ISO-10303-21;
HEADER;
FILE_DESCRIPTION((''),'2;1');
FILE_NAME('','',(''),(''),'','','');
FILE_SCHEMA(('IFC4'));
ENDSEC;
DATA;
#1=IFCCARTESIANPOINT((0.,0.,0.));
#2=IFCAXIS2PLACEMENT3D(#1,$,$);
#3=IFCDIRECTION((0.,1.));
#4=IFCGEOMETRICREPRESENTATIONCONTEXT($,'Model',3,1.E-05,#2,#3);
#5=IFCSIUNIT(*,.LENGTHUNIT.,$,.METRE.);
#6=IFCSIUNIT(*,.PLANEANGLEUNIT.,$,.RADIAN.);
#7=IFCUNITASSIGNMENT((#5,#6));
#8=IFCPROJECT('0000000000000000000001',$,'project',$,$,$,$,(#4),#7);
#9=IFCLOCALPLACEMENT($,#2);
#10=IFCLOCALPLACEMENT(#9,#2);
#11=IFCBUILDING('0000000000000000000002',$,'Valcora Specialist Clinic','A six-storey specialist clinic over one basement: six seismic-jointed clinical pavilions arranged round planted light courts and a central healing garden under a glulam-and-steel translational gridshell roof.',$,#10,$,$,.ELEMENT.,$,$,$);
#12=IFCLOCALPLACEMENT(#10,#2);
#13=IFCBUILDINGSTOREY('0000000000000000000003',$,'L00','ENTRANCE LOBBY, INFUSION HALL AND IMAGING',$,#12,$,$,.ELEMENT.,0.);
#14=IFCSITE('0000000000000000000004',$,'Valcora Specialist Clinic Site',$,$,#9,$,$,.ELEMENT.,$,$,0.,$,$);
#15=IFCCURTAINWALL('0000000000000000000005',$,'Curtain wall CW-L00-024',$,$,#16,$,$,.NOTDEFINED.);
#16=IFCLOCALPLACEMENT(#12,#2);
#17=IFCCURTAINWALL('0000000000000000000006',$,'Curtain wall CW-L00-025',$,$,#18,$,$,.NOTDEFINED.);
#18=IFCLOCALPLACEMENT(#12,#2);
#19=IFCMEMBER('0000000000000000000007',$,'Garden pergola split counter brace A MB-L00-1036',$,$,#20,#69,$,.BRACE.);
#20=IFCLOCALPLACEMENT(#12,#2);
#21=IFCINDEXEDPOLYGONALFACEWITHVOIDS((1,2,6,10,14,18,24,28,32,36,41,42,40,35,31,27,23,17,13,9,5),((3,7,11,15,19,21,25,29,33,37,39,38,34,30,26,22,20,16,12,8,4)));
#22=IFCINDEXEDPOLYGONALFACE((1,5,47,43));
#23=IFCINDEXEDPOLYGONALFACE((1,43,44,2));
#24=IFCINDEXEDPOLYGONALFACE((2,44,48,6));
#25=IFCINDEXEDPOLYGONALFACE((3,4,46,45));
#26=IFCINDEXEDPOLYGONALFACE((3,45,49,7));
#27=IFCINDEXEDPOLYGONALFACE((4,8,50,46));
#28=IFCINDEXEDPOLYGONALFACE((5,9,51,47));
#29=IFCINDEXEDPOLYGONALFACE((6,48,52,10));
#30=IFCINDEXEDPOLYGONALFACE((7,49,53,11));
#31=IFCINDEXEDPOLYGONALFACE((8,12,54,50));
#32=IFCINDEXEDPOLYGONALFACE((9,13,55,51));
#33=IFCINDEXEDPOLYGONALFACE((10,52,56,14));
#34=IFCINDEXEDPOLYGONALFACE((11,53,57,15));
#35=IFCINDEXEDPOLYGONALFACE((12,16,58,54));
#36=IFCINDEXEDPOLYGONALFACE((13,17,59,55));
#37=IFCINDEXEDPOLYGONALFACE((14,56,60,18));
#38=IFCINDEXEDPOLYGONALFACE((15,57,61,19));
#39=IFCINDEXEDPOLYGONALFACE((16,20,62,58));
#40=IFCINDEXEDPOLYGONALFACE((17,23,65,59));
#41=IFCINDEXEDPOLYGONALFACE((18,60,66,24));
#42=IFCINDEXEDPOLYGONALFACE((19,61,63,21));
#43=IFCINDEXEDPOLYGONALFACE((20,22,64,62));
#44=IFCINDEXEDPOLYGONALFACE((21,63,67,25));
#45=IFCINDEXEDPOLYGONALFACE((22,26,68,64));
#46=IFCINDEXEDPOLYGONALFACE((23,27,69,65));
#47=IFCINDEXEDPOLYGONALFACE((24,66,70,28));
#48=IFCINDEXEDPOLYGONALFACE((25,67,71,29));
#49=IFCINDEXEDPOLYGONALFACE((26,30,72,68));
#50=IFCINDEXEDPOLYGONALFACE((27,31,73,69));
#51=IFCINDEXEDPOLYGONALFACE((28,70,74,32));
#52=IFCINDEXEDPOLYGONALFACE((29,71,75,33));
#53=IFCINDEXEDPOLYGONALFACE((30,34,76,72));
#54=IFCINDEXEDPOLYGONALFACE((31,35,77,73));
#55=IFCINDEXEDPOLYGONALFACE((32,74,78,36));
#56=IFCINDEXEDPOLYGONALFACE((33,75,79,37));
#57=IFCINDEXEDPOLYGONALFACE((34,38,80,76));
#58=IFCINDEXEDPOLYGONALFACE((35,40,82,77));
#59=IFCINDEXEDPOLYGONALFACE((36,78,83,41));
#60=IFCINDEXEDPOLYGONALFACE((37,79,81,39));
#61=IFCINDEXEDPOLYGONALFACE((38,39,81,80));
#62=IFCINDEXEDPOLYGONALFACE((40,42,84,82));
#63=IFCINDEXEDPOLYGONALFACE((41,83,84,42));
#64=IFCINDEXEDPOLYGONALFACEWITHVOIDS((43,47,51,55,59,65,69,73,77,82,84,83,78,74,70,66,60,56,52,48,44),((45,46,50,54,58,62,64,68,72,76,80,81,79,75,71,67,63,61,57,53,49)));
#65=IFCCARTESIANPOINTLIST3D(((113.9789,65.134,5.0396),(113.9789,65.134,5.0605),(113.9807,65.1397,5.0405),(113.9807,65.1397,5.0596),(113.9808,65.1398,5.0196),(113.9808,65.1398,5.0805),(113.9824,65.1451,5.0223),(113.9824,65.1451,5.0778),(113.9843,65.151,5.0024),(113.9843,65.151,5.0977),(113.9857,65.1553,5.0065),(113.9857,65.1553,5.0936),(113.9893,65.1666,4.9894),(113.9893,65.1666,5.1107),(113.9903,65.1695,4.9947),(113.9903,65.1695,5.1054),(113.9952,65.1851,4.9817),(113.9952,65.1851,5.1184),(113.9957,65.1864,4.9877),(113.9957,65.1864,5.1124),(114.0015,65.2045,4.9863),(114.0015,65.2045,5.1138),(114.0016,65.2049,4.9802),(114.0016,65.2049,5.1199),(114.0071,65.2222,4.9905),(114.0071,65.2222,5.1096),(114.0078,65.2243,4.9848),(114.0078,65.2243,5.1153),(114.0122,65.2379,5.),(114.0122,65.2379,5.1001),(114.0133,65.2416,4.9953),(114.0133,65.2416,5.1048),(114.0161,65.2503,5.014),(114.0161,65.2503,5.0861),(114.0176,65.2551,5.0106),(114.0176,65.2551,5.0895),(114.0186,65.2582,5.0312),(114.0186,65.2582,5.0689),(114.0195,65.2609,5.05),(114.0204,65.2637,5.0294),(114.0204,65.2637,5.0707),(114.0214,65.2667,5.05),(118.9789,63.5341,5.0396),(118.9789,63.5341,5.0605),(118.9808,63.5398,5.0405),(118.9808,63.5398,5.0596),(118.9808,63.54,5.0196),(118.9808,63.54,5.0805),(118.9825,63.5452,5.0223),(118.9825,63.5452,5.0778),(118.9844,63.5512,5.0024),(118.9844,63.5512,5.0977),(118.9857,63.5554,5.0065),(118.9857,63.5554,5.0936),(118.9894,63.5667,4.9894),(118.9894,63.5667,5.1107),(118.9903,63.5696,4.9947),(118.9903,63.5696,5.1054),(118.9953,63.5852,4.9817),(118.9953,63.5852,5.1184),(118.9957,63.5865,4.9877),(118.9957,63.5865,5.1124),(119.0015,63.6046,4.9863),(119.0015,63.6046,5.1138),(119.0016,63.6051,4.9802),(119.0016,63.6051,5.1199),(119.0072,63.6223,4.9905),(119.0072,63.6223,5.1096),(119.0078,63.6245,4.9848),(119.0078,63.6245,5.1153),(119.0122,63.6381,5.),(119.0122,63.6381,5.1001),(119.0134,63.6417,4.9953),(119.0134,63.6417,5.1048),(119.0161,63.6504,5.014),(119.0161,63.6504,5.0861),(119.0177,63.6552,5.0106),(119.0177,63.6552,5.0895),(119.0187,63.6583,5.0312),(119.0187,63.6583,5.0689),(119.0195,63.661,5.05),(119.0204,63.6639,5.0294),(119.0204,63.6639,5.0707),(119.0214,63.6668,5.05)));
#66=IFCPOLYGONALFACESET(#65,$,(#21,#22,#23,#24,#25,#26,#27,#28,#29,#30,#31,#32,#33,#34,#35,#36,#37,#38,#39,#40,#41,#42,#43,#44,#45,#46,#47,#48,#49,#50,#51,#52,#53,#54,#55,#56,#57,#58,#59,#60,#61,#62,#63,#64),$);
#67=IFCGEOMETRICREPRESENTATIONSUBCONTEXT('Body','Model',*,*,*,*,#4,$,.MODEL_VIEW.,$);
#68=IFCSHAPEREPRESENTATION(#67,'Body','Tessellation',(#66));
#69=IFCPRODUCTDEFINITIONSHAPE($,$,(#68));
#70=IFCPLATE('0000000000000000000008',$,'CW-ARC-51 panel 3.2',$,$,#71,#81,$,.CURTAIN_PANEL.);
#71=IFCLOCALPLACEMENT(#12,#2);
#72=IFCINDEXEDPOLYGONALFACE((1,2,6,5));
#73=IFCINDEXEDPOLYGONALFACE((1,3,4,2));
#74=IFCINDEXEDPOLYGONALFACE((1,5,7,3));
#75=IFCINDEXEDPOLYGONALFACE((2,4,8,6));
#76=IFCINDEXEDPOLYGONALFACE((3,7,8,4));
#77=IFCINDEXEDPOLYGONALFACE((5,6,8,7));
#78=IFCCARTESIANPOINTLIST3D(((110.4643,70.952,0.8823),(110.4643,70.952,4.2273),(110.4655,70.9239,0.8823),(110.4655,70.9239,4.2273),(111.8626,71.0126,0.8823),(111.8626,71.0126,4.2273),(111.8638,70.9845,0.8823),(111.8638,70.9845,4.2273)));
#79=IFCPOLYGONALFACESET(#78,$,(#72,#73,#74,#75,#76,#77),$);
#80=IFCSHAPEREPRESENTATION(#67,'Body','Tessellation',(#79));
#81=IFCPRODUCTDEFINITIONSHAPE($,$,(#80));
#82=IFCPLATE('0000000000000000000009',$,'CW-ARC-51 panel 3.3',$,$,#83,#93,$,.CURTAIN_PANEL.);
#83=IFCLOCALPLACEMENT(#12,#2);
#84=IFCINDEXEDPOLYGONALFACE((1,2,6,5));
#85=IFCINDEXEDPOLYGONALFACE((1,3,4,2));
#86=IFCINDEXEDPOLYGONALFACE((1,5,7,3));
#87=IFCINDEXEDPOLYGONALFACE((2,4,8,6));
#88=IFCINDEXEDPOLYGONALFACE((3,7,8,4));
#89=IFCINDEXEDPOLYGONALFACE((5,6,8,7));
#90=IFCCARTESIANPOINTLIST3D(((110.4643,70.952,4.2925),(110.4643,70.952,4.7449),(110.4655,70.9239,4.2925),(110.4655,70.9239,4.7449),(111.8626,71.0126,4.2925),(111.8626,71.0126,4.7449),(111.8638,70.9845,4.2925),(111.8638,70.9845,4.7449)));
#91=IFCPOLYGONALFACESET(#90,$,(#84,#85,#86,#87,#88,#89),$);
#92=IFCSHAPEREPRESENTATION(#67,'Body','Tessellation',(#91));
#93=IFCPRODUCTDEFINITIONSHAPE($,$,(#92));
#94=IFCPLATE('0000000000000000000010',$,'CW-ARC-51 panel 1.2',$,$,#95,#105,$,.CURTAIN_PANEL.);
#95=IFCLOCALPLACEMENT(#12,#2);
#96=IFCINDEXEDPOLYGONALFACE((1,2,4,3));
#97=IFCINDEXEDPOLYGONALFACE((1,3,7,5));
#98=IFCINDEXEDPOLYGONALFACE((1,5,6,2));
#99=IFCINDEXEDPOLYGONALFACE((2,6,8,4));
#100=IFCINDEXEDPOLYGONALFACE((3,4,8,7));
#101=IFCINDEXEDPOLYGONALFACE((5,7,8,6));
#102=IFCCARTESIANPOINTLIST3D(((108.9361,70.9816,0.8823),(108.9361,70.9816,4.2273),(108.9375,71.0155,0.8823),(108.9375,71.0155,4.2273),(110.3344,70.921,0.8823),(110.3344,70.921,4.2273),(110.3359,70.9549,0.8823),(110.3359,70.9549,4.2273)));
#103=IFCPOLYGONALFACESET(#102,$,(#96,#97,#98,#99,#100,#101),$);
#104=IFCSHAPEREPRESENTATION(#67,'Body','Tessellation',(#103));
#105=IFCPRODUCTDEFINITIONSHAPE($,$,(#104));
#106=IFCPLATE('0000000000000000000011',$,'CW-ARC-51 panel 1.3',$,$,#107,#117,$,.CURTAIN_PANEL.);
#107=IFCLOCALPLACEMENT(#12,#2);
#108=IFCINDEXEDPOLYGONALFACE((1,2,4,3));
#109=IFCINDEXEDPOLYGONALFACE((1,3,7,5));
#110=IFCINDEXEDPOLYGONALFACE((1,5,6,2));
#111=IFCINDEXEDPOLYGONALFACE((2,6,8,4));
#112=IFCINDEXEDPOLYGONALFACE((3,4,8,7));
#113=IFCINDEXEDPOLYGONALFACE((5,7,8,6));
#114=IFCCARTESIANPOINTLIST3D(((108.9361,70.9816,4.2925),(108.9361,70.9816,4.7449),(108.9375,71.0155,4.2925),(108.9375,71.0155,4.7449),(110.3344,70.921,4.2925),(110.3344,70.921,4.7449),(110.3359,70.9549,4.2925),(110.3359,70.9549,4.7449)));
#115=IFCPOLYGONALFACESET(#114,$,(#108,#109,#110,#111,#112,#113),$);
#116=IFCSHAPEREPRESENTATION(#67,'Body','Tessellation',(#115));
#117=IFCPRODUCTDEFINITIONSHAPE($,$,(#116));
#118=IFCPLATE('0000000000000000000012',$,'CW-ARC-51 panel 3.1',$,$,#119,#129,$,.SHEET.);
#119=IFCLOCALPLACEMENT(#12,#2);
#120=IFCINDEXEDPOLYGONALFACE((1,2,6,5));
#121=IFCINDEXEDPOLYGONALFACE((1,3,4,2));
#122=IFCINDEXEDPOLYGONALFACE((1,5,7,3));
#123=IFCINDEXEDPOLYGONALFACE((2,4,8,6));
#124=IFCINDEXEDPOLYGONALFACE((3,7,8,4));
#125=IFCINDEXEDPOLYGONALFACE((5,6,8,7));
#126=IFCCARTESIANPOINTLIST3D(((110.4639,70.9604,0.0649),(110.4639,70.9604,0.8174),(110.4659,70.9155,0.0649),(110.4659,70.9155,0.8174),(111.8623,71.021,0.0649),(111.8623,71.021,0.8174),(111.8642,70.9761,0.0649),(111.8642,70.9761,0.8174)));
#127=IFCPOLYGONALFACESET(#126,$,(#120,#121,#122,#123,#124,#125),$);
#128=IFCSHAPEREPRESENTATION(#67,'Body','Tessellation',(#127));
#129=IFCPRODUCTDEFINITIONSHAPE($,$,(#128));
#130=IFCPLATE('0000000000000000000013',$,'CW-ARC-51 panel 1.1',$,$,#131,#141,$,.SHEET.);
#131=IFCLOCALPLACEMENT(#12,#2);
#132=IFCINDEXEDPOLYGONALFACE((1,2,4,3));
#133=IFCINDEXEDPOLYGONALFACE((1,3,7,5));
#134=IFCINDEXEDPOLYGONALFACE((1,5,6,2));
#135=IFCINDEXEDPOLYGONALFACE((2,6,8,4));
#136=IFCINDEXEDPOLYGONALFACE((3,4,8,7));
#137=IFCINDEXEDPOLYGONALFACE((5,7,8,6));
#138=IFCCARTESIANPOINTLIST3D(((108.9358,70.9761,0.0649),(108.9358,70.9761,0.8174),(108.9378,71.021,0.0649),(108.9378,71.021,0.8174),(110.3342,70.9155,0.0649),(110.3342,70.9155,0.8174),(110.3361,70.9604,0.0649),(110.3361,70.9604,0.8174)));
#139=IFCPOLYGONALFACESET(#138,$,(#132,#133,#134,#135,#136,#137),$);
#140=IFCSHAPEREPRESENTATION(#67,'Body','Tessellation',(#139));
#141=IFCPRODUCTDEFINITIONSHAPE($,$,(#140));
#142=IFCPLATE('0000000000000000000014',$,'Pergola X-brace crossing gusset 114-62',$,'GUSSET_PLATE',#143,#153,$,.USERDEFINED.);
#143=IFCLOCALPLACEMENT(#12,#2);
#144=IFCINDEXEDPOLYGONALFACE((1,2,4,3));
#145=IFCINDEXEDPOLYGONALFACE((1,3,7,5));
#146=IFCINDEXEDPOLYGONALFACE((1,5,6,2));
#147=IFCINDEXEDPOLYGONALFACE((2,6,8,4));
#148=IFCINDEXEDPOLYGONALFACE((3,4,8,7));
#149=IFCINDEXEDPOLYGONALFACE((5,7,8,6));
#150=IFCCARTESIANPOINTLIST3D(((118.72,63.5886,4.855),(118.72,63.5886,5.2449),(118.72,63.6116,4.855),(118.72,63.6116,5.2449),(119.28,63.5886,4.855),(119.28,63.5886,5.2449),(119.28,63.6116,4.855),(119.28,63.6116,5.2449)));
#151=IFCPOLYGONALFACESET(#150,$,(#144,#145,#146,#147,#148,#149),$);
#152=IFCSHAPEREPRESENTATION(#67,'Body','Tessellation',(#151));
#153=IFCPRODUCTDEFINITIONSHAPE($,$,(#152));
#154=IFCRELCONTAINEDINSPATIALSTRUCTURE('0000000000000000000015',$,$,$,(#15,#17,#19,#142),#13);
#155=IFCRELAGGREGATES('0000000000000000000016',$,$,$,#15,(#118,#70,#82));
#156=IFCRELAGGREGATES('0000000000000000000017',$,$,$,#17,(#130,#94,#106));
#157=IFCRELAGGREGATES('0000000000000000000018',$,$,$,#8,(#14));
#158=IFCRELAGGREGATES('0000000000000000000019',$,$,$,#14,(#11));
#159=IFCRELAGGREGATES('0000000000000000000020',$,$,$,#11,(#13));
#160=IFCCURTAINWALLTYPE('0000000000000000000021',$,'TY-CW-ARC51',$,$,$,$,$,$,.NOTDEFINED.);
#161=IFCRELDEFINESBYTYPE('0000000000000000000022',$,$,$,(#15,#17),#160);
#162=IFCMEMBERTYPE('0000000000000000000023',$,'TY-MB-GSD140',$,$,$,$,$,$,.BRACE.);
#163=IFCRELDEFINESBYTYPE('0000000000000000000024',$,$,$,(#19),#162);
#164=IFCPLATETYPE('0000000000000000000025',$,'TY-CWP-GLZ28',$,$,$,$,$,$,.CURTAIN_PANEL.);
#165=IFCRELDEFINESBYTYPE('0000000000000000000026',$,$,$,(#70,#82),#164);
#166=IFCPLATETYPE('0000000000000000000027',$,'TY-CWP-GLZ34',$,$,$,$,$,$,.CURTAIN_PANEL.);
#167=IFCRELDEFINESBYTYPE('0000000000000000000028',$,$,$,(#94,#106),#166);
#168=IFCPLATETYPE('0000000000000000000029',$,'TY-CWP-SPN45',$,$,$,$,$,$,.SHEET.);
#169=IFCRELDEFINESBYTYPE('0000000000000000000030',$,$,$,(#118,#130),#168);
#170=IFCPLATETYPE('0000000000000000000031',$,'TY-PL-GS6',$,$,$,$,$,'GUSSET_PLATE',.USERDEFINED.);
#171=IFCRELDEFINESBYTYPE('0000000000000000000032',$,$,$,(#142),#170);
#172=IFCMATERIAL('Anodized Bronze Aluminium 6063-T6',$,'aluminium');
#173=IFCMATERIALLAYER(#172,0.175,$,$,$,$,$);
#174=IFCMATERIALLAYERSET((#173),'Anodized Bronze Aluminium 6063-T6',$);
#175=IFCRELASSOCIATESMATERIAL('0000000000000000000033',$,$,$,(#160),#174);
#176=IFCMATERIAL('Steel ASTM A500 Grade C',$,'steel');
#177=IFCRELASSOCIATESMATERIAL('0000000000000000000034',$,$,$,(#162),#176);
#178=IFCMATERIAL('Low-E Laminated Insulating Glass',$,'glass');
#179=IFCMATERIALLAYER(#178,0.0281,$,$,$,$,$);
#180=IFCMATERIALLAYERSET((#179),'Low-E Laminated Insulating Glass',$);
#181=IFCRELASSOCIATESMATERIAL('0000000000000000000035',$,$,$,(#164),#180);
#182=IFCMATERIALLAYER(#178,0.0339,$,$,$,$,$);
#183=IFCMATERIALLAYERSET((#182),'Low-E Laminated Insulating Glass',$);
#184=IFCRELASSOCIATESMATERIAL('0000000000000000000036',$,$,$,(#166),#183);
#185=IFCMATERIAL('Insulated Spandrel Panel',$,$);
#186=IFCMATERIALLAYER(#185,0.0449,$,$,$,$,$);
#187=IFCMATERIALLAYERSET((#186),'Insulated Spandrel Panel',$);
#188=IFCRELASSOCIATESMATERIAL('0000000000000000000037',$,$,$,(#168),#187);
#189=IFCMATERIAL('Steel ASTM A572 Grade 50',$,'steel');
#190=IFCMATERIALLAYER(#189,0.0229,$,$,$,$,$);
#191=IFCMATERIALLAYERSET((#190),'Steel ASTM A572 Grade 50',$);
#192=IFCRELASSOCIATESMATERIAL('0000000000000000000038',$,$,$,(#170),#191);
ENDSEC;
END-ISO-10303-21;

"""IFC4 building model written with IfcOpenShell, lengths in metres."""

from ifc_helpers import new_model, si_unit, direction, frame, origin, origin_2d, place, context, subcontext, project, spatial, rectangle, hollow_circle, extrude, material, layer, layer_set, material_profile, profile_set, type_object, element, aggregate, save


model = new_model("IFC4")

# Units and contexts
model_context = context("Model", 3, precision=1e-05, world=origin(), true_north=direction((0.0, 1.0)))
body_context = subcontext(model_context, "Body", "Model", "MODEL_VIEW")
ifc_project = project(units=[si_unit("LENGTHUNIT", "METRE"), si_unit("PLANEANGLEUNIT", "RADIAN")], contexts=[model_context])

# Site, building, storey
site_placement = place(None, origin())
site = spatial("IfcSite", under=ifc_project, at=site_placement, Name="Valcora Specialist Clinic Site", CompositionType="ELEMENT", RefElevation=0.0)
building_placement = place(site_placement, origin())
building = spatial("IfcBuilding", under=site, at=building_placement, Name="Valcora Specialist Clinic", Description="A six-storey specialist clinic over one basement: six seismic-jointed clinical pavilions arranged round planted light courts and a central healing garden under a glulam-and-steel translational gridshell roof.", CompositionType="ELEMENT")
storey_placement = place(building_placement, origin())
storey = spatial("IfcBuildingStorey", under=building, at=storey_placement, Name="L00", Description="ENTRANCE LOBBY, INFUSION HALL AND IMAGING", CompositionType="ELEMENT", Elevation=0.0)

# Curtain walls
ifc_material_1 = material(Name="Anodized Bronze Aluminium 6063-T6", Category="aluminium")
ifc_layer_1 = layer(ifc_material_1, 0.175)
ifc_layer_set_1 = layer_set([ifc_layer_1], Name="Anodized Bronze Aluminium 6063-T6")
curtain_wall_type = type_object("IfcCurtainWallType", Name="TY-CW-ARC51", PredefinedType="NOTDEFINED", material=ifc_layer_set_1)
curtain_wall_1_placement = place(storey_placement, origin())
curtain_wall_1 = element("IfcCurtainWall", 1, at=curtain_wall_1_placement, inside=storey, type_object=curtain_wall_type, Name="Curtain wall CW-L00-024", PredefinedType="NOTDEFINED")
curtain_wall_2_placement = place(storey_placement, origin())
curtain_wall_2 = element("IfcCurtainWall", 2, at=curtain_wall_2_placement, inside=storey, type_object=curtain_wall_type, Name="Curtain wall CW-L00-025", PredefinedType="NOTDEFINED")

# Member
ifc_material_2 = material(Name="Steel ASTM A500 Grade C", Category="steel")
ifc_material_profile_1 = material_profile(ifc_material_2, hollow_circle(Radius=0.0701, WallThickness=0.0061, at=origin_2d()), Name="ST-CHS-140X6")
ifc_profile_set_1 = profile_set([ifc_material_profile_1], Name="Steel ASTM A500 Grade C")
member_type_1 = type_object("IfcMemberType", Name="TY-MB-GSD140", PredefinedType="BRACE", material=ifc_profile_set_1)
member_1_placement = place(storey_placement, frame((114.0, 65.2, 5.05), z_axis=(0.952432, -0.30475, 0.0), x_axis=(0.30475, 0.952432, 0.0)))
element("IfcMember", 3, at=member_1_placement, inside=storey, type_object=member_type_1, Name="Garden pergola split counter brace A MB-L00-1036", PredefinedType="BRACE", context=body_context, shape_type="SweptSolid", body=[
    extrude(hollow_circle(Radius=0.0701, WallThickness=0.0061, at=origin_2d()), origin(), (0.0, 0.0, 1.0), 5.2498),
])

# Plates
ifc_material_3 = material(Name="Low-E Laminated Insulating Glass", Category="glass")
ifc_layer_2 = layer(ifc_material_3, 0.0281)
ifc_layer_set_2 = layer_set([ifc_layer_2], Name="Low-E Laminated Insulating Glass")
plate_type_1 = type_object("IfcPlateType", Name="TY-CWP-GLZ28", PredefinedType="CURTAIN_PANEL", material=ifc_layer_set_2)
plate_1_placement = place(storey_placement, frame((111.1641, 70.9683, 0.8823), z_axis=(0.0, 0.0, 1.0), x_axis=(-0.999062, -0.043307, 0.0)))
plate_1 = element("IfcPlate", 4, at=plate_1_placement, type_object=plate_type_1, Name="CW-ARC-51 panel 3.2", PredefinedType="CURTAIN_PANEL", context=body_context, shape_type="SweptSolid", body=[
    extrude(rectangle(XDim=1.3997, YDim=0.0281, at=origin_2d()), origin(), (0.0, 0.0, 1.0), 3.345),
])
plate_2_placement = place(storey_placement, frame((111.1641, 70.9683, 4.2925), z_axis=(0.0, 0.0, 1.0), x_axis=(-0.999062, -0.043307, 0.0)))
plate_2 = element("IfcPlate", 5, at=plate_2_placement, type_object=plate_type_1, Name="CW-ARC-51 panel 3.3", PredefinedType="CURTAIN_PANEL", context=body_context, shape_type="SweptSolid", body=[
    extrude(rectangle(XDim=1.3997, YDim=0.0281, at=origin_2d()), origin(), (0.0, 0.0, 1.0), 0.4524),
])
ifc_layer_3 = layer(ifc_material_3, 0.0339)
ifc_layer_set_3 = layer_set([ifc_layer_3], Name="Low-E Laminated Insulating Glass")
plate_type_2 = type_object("IfcPlateType", Name="TY-CWP-GLZ34", PredefinedType="CURTAIN_PANEL", material=ifc_layer_set_3)
plate_3_placement = place(storey_placement, frame((109.636, 70.9683, 0.8823), z_axis=(0.0, 0.0, 1.0), x_axis=(-0.999062, 0.043307, 0.0)))
plate_3 = element("IfcPlate", 6, at=plate_3_placement, type_object=plate_type_2, Name="CW-ARC-51 panel 1.2", PredefinedType="CURTAIN_PANEL", context=body_context, shape_type="SweptSolid", body=[
    extrude(rectangle(XDim=1.3997, YDim=0.0339, at=origin_2d()), origin(), (0.0, 0.0, 1.0), 3.345),
])
plate_4_placement = place(storey_placement, frame((109.636, 70.9683, 4.2925), z_axis=(0.0, 0.0, 1.0), x_axis=(-0.999062, 0.043307, 0.0)))
plate_4 = element("IfcPlate", 7, at=plate_4_placement, type_object=plate_type_2, Name="CW-ARC-51 panel 1.3", PredefinedType="CURTAIN_PANEL", context=body_context, shape_type="SweptSolid", body=[
    extrude(rectangle(XDim=1.3997, YDim=0.0339, at=origin_2d()), origin(), (0.0, 0.0, 1.0), 0.4524),
])
ifc_material_4 = material(Name="Insulated Spandrel Panel")
ifc_layer_4 = layer(ifc_material_4, 0.0449)
ifc_layer_set_4 = layer_set([ifc_layer_4], Name="Insulated Spandrel Panel")
plate_type_3 = type_object("IfcPlateType", Name="TY-CWP-SPN45", PredefinedType="SHEET", material=ifc_layer_set_4)
plate_5_placement = place(storey_placement, frame((111.1641, 70.9683, 0.0649), z_axis=(0.0, 0.0, 1.0), x_axis=(-0.999062, -0.043307, 0.0)))
plate_5 = element("IfcPlate", 8, at=plate_5_placement, type_object=plate_type_3, Name="CW-ARC-51 panel 3.1", PredefinedType="SHEET", context=body_context, shape_type="SweptSolid", body=[
    extrude(rectangle(XDim=1.3997, YDim=0.0449, at=origin_2d()), origin(), (0.0, 0.0, 1.0), 0.7524),
])
aggregate(curtain_wall_1, [plate_5, plate_1, plate_2])
plate_6_placement = place(storey_placement, frame((109.636, 70.9683, 0.0649), z_axis=(0.0, 0.0, 1.0), x_axis=(-0.999062, 0.043307, 0.0)))
plate_6 = element("IfcPlate", 9, at=plate_6_placement, type_object=plate_type_3, Name="CW-ARC-51 panel 1.1", PredefinedType="SHEET", context=body_context, shape_type="SweptSolid", body=[
    extrude(rectangle(XDim=1.3997, YDim=0.0449, at=origin_2d()), origin(), (0.0, 0.0, 1.0), 0.7524),
])
aggregate(curtain_wall_2, [plate_6, plate_3, plate_4])
ifc_material_5 = material(Name="Steel ASTM A572 Grade 50", Category="steel")
ifc_layer_5 = layer(ifc_material_5, 0.0229)
ifc_layer_set_5 = layer_set([ifc_layer_5], Name="Steel ASTM A572 Grade 50")
plate_type_4 = type_object("IfcPlateType", Name="TY-PL-GS6", ElementType="GUSSET_PLATE", PredefinedType="USERDEFINED", material=ifc_layer_set_5)
plate_7_placement = place(storey_placement, frame((119.0, 63.6001, 4.855), z_axis=(0.0, 0.0, 1.0), x_axis=(1.0, 0.0, 0.0)))
element("IfcPlate", 10, at=plate_7_placement, inside=storey, type_object=plate_type_4, Name="Pergola X-brace crossing gusset 114-62", ObjectType="GUSSET_PLATE", PredefinedType="USERDEFINED", context=body_context, shape_type="SweptSolid", body=[
    extrude(rectangle(XDim=0.5601, YDim=0.0229, at=origin_2d()), origin(), (0.0, 0.0, 1.0), 0.3899),
])

save(model, "model.ifc")
